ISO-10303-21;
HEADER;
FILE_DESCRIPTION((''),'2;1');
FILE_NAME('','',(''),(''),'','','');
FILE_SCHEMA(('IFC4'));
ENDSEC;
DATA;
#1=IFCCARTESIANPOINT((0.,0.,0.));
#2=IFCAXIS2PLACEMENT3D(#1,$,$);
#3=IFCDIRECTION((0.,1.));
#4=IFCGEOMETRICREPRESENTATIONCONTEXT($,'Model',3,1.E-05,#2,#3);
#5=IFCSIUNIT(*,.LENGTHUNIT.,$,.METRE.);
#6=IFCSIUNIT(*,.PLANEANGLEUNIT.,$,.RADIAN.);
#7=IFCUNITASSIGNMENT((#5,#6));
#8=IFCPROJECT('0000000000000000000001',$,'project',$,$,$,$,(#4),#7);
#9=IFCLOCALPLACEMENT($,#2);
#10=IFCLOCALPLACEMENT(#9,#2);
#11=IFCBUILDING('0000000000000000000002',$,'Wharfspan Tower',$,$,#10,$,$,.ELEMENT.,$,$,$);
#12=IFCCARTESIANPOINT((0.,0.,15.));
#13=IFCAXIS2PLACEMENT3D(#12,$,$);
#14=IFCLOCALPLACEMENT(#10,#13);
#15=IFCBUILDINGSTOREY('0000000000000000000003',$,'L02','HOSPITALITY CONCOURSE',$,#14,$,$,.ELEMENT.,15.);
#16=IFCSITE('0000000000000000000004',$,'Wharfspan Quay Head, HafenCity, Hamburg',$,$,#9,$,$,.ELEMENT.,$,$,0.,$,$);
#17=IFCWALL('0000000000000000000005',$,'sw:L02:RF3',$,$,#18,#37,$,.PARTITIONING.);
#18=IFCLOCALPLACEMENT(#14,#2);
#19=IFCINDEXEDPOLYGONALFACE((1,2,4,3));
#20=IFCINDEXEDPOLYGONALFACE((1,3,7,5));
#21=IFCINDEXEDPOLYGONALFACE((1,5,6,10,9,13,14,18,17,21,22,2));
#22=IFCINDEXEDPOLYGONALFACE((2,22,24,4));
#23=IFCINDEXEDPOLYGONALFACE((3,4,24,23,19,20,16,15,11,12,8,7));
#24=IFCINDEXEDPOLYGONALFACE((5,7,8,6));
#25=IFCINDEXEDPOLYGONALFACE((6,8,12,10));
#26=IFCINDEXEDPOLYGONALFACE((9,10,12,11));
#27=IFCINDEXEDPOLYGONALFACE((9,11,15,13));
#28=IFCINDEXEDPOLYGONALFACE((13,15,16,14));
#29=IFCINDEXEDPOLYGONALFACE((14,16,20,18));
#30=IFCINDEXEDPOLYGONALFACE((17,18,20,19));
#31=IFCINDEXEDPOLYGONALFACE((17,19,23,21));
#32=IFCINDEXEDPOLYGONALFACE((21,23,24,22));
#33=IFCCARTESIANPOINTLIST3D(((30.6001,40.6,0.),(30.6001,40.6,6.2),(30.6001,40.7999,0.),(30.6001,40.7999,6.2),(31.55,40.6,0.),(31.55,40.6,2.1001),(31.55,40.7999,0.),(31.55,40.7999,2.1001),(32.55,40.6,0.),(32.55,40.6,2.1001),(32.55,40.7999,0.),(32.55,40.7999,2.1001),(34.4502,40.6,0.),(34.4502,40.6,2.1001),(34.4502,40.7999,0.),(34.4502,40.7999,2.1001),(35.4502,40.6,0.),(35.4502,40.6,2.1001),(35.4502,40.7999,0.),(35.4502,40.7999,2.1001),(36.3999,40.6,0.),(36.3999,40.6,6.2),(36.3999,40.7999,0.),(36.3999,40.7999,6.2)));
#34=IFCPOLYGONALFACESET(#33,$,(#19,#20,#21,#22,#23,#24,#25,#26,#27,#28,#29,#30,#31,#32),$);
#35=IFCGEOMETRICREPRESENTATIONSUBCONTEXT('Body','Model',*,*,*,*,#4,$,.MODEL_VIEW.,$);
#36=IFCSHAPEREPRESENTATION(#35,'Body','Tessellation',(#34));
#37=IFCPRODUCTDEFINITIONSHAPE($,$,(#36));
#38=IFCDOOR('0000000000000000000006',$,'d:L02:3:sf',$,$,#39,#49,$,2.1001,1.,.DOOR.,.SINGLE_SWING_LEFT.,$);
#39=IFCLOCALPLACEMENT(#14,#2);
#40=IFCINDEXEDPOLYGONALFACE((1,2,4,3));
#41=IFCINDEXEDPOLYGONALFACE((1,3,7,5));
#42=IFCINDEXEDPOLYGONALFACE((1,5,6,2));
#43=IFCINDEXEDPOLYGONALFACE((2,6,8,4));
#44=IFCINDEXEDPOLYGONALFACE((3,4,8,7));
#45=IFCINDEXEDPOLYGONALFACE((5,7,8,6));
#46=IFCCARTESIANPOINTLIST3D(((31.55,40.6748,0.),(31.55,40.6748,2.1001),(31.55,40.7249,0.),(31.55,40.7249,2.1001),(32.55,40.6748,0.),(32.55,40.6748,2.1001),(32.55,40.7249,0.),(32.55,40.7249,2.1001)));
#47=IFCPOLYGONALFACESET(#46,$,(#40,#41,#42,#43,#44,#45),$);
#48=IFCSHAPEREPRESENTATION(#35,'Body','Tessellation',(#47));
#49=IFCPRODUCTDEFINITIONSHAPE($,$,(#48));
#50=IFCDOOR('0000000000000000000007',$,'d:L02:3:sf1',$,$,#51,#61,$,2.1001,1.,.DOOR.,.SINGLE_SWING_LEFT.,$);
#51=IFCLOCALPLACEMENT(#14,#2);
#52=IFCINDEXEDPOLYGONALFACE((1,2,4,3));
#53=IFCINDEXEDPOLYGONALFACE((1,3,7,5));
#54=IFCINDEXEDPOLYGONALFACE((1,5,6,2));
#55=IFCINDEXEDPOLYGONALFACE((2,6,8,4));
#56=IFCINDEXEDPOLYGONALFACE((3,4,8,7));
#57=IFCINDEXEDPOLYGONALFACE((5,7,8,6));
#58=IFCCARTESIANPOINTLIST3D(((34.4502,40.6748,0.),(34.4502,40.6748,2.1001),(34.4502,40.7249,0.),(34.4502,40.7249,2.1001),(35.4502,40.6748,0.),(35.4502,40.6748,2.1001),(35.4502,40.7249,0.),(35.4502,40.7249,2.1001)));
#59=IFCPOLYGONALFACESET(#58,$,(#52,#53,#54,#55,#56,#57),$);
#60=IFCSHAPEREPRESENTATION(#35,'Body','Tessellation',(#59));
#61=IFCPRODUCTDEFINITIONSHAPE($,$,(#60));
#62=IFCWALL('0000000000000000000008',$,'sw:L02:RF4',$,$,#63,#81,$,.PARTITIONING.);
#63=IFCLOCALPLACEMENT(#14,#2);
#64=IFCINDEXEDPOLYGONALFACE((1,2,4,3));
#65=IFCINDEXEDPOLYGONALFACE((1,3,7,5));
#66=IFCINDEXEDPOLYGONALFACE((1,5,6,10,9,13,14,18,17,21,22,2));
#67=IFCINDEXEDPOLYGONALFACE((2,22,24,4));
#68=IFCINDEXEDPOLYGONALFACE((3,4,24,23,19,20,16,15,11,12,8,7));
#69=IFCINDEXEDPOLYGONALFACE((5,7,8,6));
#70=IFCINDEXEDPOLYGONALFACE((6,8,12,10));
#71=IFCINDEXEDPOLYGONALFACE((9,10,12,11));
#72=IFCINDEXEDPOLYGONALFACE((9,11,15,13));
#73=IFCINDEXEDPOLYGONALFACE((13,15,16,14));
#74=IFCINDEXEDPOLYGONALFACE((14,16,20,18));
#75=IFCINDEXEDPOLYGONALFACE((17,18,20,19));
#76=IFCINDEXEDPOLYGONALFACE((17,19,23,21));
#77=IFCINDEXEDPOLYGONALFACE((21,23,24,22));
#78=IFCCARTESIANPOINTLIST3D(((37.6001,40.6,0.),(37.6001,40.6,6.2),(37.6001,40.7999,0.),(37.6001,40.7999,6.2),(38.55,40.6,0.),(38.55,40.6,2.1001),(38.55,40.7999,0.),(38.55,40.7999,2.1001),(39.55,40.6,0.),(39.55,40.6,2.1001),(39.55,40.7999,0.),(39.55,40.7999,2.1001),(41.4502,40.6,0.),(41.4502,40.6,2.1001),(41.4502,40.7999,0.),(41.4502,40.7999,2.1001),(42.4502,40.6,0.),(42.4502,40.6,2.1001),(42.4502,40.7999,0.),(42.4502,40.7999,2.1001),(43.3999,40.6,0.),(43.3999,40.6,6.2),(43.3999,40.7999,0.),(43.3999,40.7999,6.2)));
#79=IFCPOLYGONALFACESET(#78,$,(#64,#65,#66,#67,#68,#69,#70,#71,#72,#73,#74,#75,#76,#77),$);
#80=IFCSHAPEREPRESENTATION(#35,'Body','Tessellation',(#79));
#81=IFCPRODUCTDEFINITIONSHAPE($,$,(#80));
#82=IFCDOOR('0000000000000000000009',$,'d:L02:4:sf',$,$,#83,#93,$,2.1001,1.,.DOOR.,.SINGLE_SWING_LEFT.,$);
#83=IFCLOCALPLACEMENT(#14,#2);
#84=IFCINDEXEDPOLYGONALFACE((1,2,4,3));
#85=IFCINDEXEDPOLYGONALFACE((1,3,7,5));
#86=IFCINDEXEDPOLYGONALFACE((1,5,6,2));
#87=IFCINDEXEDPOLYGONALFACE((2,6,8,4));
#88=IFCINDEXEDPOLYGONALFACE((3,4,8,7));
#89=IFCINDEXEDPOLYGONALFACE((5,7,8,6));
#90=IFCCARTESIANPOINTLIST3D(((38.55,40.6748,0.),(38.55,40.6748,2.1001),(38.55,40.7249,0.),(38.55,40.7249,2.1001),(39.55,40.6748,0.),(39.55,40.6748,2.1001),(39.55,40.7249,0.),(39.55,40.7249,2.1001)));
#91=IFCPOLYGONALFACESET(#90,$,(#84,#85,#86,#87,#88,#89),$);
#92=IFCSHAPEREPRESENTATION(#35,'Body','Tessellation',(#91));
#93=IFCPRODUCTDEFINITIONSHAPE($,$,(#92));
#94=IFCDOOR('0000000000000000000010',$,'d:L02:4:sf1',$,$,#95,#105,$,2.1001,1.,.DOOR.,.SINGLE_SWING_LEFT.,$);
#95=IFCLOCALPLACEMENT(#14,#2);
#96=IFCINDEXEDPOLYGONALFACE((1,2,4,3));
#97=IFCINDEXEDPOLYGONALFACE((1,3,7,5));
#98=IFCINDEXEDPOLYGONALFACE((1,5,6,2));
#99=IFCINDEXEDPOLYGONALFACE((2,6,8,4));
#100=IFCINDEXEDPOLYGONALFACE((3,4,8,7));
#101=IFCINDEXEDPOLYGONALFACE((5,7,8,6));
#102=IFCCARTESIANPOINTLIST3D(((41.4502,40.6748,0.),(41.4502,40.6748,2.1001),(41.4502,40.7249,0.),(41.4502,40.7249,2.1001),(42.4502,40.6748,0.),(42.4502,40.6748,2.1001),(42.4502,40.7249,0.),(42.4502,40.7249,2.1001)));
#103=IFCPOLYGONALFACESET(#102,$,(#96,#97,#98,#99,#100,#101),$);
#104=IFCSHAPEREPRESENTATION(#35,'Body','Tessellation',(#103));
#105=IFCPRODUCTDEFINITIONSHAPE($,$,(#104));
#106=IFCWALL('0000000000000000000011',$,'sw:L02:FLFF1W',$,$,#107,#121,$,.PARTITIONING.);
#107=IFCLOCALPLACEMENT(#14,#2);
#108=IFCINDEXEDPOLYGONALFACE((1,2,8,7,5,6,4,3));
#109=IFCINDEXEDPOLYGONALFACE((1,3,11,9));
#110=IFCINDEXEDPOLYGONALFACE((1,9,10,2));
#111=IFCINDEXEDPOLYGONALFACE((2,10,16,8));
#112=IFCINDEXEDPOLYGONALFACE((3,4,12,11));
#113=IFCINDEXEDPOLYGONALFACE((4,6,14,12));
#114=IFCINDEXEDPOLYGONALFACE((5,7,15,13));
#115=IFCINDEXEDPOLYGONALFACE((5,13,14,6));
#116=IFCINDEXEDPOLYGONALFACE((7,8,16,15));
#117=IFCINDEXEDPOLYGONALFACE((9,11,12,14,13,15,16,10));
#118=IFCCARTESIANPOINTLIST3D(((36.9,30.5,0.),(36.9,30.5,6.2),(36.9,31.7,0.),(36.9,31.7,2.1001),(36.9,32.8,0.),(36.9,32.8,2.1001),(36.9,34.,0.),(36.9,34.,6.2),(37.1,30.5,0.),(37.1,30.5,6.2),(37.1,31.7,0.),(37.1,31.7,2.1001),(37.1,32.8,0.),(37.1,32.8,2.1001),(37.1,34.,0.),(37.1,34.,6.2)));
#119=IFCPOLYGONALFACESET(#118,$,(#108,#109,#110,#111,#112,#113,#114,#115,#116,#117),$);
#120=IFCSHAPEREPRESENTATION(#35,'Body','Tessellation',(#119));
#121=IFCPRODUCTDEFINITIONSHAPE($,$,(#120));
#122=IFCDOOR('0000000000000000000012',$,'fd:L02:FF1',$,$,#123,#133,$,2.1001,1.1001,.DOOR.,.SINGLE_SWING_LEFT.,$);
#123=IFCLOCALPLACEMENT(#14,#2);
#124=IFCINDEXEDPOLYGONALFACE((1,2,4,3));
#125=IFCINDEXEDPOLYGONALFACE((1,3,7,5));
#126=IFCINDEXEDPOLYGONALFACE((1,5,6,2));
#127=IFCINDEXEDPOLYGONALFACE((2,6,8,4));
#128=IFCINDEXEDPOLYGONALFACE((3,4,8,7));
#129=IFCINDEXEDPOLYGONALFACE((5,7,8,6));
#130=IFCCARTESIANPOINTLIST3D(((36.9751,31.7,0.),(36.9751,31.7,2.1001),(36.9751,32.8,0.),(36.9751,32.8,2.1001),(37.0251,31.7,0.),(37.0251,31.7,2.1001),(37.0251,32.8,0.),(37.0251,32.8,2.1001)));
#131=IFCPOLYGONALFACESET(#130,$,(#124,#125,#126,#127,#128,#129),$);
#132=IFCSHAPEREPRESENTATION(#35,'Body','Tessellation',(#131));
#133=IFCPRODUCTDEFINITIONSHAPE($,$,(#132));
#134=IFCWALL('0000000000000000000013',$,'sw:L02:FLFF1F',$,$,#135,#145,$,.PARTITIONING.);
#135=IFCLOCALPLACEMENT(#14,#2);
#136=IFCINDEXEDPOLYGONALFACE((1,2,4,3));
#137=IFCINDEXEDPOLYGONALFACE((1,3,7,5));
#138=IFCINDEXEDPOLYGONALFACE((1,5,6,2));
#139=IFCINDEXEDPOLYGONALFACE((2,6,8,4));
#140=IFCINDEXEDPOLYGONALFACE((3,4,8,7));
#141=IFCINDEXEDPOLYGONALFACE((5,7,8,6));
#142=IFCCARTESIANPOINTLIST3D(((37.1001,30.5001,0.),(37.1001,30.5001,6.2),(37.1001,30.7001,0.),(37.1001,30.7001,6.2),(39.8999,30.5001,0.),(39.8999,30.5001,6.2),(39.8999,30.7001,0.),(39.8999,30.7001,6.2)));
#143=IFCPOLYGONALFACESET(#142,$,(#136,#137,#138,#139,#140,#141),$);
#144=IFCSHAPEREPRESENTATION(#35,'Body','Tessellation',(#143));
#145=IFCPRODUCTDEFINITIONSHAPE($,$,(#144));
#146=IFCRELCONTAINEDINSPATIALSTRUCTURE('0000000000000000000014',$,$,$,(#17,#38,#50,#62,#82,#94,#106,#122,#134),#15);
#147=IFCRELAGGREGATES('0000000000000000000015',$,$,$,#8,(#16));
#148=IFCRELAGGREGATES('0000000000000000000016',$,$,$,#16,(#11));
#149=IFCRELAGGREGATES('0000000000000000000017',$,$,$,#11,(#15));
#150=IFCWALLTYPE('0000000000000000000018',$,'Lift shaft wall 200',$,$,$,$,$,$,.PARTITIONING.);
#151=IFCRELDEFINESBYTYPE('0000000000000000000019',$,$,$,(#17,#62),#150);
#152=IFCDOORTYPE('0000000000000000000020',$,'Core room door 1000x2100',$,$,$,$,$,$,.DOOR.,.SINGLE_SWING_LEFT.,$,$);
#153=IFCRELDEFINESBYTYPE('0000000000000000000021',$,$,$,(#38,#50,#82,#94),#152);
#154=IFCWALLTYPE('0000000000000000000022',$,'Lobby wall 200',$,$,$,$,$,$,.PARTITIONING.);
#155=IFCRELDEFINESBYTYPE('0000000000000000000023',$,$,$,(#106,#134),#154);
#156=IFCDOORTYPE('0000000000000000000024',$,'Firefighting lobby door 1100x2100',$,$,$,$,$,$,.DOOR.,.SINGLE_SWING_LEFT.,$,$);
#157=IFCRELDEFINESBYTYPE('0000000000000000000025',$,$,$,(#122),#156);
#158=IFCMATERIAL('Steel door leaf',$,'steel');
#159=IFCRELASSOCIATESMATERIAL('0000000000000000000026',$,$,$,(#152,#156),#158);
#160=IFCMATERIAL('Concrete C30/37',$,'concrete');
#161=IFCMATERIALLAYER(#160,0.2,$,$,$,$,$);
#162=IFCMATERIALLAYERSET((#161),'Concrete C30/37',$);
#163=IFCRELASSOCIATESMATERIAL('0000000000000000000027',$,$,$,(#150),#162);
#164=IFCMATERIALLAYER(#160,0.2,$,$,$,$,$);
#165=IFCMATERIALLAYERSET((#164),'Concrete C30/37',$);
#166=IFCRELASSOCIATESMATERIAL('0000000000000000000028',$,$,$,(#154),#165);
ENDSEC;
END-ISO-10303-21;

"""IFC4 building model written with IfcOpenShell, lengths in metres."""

from ifc_helpers import new_model, si_unit, direction, frame, frame_2d, origin, place, context, subcontext, project, spatial, rectangle, extrude, material, layer, layer_set, type_object, element, fill, save


model = new_model("IFC4")

# Units and contexts
model_context = context("Model", 3, precision=1e-05, world=origin(), true_north=direction((0.0, 1.0)))
body_context = subcontext(model_context, "Body", "Model", "MODEL_VIEW")
ifc_project = project(units=[si_unit("LENGTHUNIT", "METRE"), si_unit("PLANEANGLEUNIT", "RADIAN")], contexts=[model_context])

# Site, building, storey
site_placement = place(None, origin())
site = spatial("IfcSite", under=ifc_project, at=site_placement, Name="Wharfspan Quay Head, HafenCity, Hamburg", CompositionType="ELEMENT", RefElevation=0.0)
building_placement = place(site_placement, origin())
building = spatial("IfcBuilding", under=site, at=building_placement, Name="Wharfspan Tower", CompositionType="ELEMENT")
storey_placement = place(building_placement, frame((0.0, 0.0, 15.0)))
storey = spatial("IfcBuildingStorey", under=building, at=storey_placement, Name="L02", Description="HOSPITALITY CONCOURSE", CompositionType="ELEMENT", Elevation=15.0)

# Shared definitions
ifc_material_1 = material(Name="Steel door leaf", Category="steel")

# Walls, openings, doors
door_type_1 = type_object("IfcDoorType", Name="Core room door 1000x2100", OperationType="SINGLE_SWING_LEFT", PredefinedType="DOOR", material=ifc_material_1)
ifc_material_2 = material(Name="Concrete C30/37", Category="concrete")
ifc_layer_1 = layer(ifc_material_2, 0.2)
ifc_layer_set_1 = layer_set([ifc_layer_1], Name="Concrete C30/37")
wall_type_1 = type_object("IfcWallType", Name="Lift shaft wall 200", PredefinedType="PARTITIONING", material=ifc_layer_set_1)
wall_1_placement = place(storey_placement, frame((30.6001, 40.7, 0.0), z_axis=(0.0, 0.0, 1.0), x_axis=(1.0, 0.0, 0.0)))
wall_1 = element("IfcWall", 1, at=wall_1_placement, inside=storey, type_object=wall_type_1, Name="sw:L02:RF3", PredefinedType="PARTITIONING", context=body_context, shape_type="SweptSolid", body=[
    extrude(rectangle(XDim=5.7998, YDim=0.2, at=frame_2d((2.8999, 0.0))), origin(), (0.0, 0.0, 1.0), 6.2),
])
opening_1_placement = place(wall_1_placement, frame((0.95, 0.0, 0.0)))
opening_1 = element("IfcOpeningElement", 2, at=opening_1_placement, cuts=wall_1, PredefinedType="OPENING", context=body_context, shape_type="SweptSolid", body=[
    extrude(rectangle(XDim=1.0, YDim=2.1001, at=frame_2d((0.5, 1.05))), frame((0.0, 0.1099, 0.0), z_axis=(0.0, -1.0, 0.0), x_axis=(1.0, 0.0, 0.0)), (0.0, 0.0, 1.0), 0.22),
])
opening_2_placement = place(wall_1_placement, frame((3.8501, 0.0, 0.0)))
opening_2 = element("IfcOpeningElement", 3, at=opening_2_placement, cuts=wall_1, PredefinedType="OPENING", context=body_context, shape_type="SweptSolid", body=[
    extrude(rectangle(XDim=1.0, YDim=2.1001, at=frame_2d((0.5, 1.05))), frame((0.0, 0.1099, 0.0), z_axis=(0.0, -1.0, 0.0), x_axis=(1.0, 0.0, 0.0)), (0.0, 0.0, 1.0), 0.22),
])
door_1_placement = place(opening_1_placement, origin())
door_1 = element("IfcDoor", 4, at=door_1_placement, inside=storey, type_object=door_type_1, Name="d:L02:3:sf", OperationType="SINGLE_SWING_LEFT", OverallHeight=2.1001, OverallWidth=1.0, PredefinedType="DOOR", context=body_context, shape_type="SweptSolid", body=[
    extrude(rectangle(XDim=1.0, YDim=2.1001, at=frame_2d((0.5, 1.05))), frame((0.0, 0.0249, 0.0), z_axis=(0.0, -1.0, 0.0), x_axis=(1.0, 0.0, 0.0)), (0.0, 0.0, 1.0), 0.05),
])
fill(opening_1, door_1)
door_2_placement = place(opening_2_placement, origin())
door_2 = element("IfcDoor", 5, at=door_2_placement, inside=storey, type_object=door_type_1, Name="d:L02:3:sf1", OperationType="SINGLE_SWING_LEFT", OverallHeight=2.1001, OverallWidth=1.0, PredefinedType="DOOR", context=body_context, shape_type="SweptSolid", body=[
    extrude(rectangle(XDim=1.0, YDim=2.1001, at=frame_2d((0.5, 1.05))), frame((0.0, 0.0249, 0.0), z_axis=(0.0, -1.0, 0.0), x_axis=(1.0, 0.0, 0.0)), (0.0, 0.0, 1.0), 0.05),
])
fill(opening_2, door_2)
wall_2_placement = place(storey_placement, frame((37.6001, 40.7, 0.0), z_axis=(0.0, 0.0, 1.0), x_axis=(1.0, 0.0, 0.0)))
wall_2 = element("IfcWall", 6, at=wall_2_placement, inside=storey, type_object=wall_type_1, Name="sw:L02:RF4", PredefinedType="PARTITIONING", context=body_context, shape_type="SweptSolid", body=[
    extrude(rectangle(XDim=5.7998, YDim=0.2, at=frame_2d((2.8999, 0.0))), origin(), (0.0, 0.0, 1.0), 6.2),
])
opening_3_placement = place(wall_2_placement, frame((0.95, 0.0, 0.0)))
opening_3 = element("IfcOpeningElement", 7, at=opening_3_placement, cuts=wall_2, PredefinedType="OPENING", context=body_context, shape_type="SweptSolid", body=[
    extrude(rectangle(XDim=1.0, YDim=2.1001, at=frame_2d((0.5, 1.05))), frame((0.0, 0.1099, 0.0), z_axis=(0.0, -1.0, 0.0), x_axis=(1.0, 0.0, 0.0)), (0.0, 0.0, 1.0), 0.22),
])
opening_4_placement = place(wall_2_placement, frame((3.8501, 0.0, 0.0)))
opening_4 = element("IfcOpeningElement", 8, at=opening_4_placement, cuts=wall_2, PredefinedType="OPENING", context=body_context, shape_type="SweptSolid", body=[
    extrude(rectangle(XDim=1.0, YDim=2.1001, at=frame_2d((0.5, 1.05))), frame((0.0, 0.1099, 0.0), z_axis=(0.0, -1.0, 0.0), x_axis=(1.0, 0.0, 0.0)), (0.0, 0.0, 1.0), 0.22),
])
door_3_placement = place(opening_3_placement, origin())
door_3 = element("IfcDoor", 9, at=door_3_placement, inside=storey, type_object=door_type_1, Name="d:L02:4:sf", OperationType="SINGLE_SWING_LEFT", OverallHeight=2.1001, OverallWidth=1.0, PredefinedType="DOOR", context=body_context, shape_type="SweptSolid", body=[
    extrude(rectangle(XDim=1.0, YDim=2.1001, at=frame_2d((0.5, 1.05))), frame((0.0, 0.0249, 0.0), z_axis=(0.0, -1.0, 0.0), x_axis=(1.0, 0.0, 0.0)), (0.0, 0.0, 1.0), 0.05),
])
fill(opening_3, door_3)
door_4_placement = place(opening_4_placement, origin())
door_4 = element("IfcDoor", 10, at=door_4_placement, inside=storey, type_object=door_type_1, Name="d:L02:4:sf1", OperationType="SINGLE_SWING_LEFT", OverallHeight=2.1001, OverallWidth=1.0, PredefinedType="DOOR", context=body_context, shape_type="SweptSolid", body=[
    extrude(rectangle(XDim=1.0, YDim=2.1001, at=frame_2d((0.5, 1.05))), frame((0.0, 0.0249, 0.0), z_axis=(0.0, -1.0, 0.0), x_axis=(1.0, 0.0, 0.0)), (0.0, 0.0, 1.0), 0.05),
])
fill(opening_4, door_4)

# Wall, opening, door
ifc_layer_2 = layer(ifc_material_2, 0.2)
ifc_layer_set_2 = layer_set([ifc_layer_2], Name="Concrete C30/37")
wall_type_2 = type_object("IfcWallType", Name="Lobby wall 200", PredefinedType="PARTITIONING", material=ifc_layer_set_2)
wall_3_placement = place(storey_placement, frame((37.0, 30.5, 0.0), z_axis=(0.0, 0.0, 1.0), x_axis=(0.0, 1.0, 0.0)))
wall_3 = element("IfcWall", 11, at=wall_3_placement, inside=storey, type_object=wall_type_2, Name="sw:L02:FLFF1W", PredefinedType="PARTITIONING", context=body_context, shape_type="SweptSolid", body=[
    extrude(rectangle(XDim=3.5, YDim=0.2, at=frame_2d((1.75, 0.0))), origin(), (0.0, 0.0, 1.0), 6.2),
])
opening_5_placement = place(wall_3_placement, frame((1.2, 0.0, 0.0)))
opening_5 = element("IfcOpeningElement", 12, at=opening_5_placement, cuts=wall_3, PredefinedType="OPENING", context=body_context, shape_type="SweptSolid", body=[
    extrude(rectangle(XDim=1.1001, YDim=2.1001, at=frame_2d((0.55, 1.05))), frame((0.0, 0.1099, 0.0), z_axis=(0.0, -1.0, 0.0), x_axis=(1.0, 0.0, 0.0)), (0.0, 0.0, 1.0), 0.22),
])
door_type_2 = type_object("IfcDoorType", Name="Firefighting lobby door 1100x2100", OperationType="SINGLE_SWING_LEFT", PredefinedType="DOOR", material=ifc_material_1)
door_5_placement = place(opening_5_placement, origin())
door_5 = element("IfcDoor", 13, at=door_5_placement, inside=storey, type_object=door_type_2, Name="fd:L02:FF1", OperationType="SINGLE_SWING_LEFT", OverallHeight=2.1001, OverallWidth=1.1001, PredefinedType="DOOR", context=body_context, shape_type="SweptSolid", body=[
    extrude(rectangle(XDim=1.1001, YDim=2.1001, at=frame_2d((0.55, 1.05))), frame((0.0, 0.0249, 0.0), z_axis=(0.0, -1.0, 0.0), x_axis=(1.0, 0.0, 0.0)), (0.0, 0.0, 1.0), 0.05),
])
fill(opening_5, door_5)

# Wall
wall_4_placement = place(storey_placement, frame((37.1001, 30.6001, 0.0), z_axis=(0.0, 0.0, 1.0), x_axis=(1.0, 0.0, 0.0)))
element("IfcWall", 14, at=wall_4_placement, inside=storey, type_object=wall_type_2, Name="sw:L02:FLFF1F", PredefinedType="PARTITIONING", context=body_context, shape_type="SweptSolid", body=[
    extrude(rectangle(XDim=2.7998, YDim=0.2, at=frame_2d((1.3999, 0.0))), origin(), (0.0, 0.0, 1.0), 6.2),
])

save(model, "model.ifc")
